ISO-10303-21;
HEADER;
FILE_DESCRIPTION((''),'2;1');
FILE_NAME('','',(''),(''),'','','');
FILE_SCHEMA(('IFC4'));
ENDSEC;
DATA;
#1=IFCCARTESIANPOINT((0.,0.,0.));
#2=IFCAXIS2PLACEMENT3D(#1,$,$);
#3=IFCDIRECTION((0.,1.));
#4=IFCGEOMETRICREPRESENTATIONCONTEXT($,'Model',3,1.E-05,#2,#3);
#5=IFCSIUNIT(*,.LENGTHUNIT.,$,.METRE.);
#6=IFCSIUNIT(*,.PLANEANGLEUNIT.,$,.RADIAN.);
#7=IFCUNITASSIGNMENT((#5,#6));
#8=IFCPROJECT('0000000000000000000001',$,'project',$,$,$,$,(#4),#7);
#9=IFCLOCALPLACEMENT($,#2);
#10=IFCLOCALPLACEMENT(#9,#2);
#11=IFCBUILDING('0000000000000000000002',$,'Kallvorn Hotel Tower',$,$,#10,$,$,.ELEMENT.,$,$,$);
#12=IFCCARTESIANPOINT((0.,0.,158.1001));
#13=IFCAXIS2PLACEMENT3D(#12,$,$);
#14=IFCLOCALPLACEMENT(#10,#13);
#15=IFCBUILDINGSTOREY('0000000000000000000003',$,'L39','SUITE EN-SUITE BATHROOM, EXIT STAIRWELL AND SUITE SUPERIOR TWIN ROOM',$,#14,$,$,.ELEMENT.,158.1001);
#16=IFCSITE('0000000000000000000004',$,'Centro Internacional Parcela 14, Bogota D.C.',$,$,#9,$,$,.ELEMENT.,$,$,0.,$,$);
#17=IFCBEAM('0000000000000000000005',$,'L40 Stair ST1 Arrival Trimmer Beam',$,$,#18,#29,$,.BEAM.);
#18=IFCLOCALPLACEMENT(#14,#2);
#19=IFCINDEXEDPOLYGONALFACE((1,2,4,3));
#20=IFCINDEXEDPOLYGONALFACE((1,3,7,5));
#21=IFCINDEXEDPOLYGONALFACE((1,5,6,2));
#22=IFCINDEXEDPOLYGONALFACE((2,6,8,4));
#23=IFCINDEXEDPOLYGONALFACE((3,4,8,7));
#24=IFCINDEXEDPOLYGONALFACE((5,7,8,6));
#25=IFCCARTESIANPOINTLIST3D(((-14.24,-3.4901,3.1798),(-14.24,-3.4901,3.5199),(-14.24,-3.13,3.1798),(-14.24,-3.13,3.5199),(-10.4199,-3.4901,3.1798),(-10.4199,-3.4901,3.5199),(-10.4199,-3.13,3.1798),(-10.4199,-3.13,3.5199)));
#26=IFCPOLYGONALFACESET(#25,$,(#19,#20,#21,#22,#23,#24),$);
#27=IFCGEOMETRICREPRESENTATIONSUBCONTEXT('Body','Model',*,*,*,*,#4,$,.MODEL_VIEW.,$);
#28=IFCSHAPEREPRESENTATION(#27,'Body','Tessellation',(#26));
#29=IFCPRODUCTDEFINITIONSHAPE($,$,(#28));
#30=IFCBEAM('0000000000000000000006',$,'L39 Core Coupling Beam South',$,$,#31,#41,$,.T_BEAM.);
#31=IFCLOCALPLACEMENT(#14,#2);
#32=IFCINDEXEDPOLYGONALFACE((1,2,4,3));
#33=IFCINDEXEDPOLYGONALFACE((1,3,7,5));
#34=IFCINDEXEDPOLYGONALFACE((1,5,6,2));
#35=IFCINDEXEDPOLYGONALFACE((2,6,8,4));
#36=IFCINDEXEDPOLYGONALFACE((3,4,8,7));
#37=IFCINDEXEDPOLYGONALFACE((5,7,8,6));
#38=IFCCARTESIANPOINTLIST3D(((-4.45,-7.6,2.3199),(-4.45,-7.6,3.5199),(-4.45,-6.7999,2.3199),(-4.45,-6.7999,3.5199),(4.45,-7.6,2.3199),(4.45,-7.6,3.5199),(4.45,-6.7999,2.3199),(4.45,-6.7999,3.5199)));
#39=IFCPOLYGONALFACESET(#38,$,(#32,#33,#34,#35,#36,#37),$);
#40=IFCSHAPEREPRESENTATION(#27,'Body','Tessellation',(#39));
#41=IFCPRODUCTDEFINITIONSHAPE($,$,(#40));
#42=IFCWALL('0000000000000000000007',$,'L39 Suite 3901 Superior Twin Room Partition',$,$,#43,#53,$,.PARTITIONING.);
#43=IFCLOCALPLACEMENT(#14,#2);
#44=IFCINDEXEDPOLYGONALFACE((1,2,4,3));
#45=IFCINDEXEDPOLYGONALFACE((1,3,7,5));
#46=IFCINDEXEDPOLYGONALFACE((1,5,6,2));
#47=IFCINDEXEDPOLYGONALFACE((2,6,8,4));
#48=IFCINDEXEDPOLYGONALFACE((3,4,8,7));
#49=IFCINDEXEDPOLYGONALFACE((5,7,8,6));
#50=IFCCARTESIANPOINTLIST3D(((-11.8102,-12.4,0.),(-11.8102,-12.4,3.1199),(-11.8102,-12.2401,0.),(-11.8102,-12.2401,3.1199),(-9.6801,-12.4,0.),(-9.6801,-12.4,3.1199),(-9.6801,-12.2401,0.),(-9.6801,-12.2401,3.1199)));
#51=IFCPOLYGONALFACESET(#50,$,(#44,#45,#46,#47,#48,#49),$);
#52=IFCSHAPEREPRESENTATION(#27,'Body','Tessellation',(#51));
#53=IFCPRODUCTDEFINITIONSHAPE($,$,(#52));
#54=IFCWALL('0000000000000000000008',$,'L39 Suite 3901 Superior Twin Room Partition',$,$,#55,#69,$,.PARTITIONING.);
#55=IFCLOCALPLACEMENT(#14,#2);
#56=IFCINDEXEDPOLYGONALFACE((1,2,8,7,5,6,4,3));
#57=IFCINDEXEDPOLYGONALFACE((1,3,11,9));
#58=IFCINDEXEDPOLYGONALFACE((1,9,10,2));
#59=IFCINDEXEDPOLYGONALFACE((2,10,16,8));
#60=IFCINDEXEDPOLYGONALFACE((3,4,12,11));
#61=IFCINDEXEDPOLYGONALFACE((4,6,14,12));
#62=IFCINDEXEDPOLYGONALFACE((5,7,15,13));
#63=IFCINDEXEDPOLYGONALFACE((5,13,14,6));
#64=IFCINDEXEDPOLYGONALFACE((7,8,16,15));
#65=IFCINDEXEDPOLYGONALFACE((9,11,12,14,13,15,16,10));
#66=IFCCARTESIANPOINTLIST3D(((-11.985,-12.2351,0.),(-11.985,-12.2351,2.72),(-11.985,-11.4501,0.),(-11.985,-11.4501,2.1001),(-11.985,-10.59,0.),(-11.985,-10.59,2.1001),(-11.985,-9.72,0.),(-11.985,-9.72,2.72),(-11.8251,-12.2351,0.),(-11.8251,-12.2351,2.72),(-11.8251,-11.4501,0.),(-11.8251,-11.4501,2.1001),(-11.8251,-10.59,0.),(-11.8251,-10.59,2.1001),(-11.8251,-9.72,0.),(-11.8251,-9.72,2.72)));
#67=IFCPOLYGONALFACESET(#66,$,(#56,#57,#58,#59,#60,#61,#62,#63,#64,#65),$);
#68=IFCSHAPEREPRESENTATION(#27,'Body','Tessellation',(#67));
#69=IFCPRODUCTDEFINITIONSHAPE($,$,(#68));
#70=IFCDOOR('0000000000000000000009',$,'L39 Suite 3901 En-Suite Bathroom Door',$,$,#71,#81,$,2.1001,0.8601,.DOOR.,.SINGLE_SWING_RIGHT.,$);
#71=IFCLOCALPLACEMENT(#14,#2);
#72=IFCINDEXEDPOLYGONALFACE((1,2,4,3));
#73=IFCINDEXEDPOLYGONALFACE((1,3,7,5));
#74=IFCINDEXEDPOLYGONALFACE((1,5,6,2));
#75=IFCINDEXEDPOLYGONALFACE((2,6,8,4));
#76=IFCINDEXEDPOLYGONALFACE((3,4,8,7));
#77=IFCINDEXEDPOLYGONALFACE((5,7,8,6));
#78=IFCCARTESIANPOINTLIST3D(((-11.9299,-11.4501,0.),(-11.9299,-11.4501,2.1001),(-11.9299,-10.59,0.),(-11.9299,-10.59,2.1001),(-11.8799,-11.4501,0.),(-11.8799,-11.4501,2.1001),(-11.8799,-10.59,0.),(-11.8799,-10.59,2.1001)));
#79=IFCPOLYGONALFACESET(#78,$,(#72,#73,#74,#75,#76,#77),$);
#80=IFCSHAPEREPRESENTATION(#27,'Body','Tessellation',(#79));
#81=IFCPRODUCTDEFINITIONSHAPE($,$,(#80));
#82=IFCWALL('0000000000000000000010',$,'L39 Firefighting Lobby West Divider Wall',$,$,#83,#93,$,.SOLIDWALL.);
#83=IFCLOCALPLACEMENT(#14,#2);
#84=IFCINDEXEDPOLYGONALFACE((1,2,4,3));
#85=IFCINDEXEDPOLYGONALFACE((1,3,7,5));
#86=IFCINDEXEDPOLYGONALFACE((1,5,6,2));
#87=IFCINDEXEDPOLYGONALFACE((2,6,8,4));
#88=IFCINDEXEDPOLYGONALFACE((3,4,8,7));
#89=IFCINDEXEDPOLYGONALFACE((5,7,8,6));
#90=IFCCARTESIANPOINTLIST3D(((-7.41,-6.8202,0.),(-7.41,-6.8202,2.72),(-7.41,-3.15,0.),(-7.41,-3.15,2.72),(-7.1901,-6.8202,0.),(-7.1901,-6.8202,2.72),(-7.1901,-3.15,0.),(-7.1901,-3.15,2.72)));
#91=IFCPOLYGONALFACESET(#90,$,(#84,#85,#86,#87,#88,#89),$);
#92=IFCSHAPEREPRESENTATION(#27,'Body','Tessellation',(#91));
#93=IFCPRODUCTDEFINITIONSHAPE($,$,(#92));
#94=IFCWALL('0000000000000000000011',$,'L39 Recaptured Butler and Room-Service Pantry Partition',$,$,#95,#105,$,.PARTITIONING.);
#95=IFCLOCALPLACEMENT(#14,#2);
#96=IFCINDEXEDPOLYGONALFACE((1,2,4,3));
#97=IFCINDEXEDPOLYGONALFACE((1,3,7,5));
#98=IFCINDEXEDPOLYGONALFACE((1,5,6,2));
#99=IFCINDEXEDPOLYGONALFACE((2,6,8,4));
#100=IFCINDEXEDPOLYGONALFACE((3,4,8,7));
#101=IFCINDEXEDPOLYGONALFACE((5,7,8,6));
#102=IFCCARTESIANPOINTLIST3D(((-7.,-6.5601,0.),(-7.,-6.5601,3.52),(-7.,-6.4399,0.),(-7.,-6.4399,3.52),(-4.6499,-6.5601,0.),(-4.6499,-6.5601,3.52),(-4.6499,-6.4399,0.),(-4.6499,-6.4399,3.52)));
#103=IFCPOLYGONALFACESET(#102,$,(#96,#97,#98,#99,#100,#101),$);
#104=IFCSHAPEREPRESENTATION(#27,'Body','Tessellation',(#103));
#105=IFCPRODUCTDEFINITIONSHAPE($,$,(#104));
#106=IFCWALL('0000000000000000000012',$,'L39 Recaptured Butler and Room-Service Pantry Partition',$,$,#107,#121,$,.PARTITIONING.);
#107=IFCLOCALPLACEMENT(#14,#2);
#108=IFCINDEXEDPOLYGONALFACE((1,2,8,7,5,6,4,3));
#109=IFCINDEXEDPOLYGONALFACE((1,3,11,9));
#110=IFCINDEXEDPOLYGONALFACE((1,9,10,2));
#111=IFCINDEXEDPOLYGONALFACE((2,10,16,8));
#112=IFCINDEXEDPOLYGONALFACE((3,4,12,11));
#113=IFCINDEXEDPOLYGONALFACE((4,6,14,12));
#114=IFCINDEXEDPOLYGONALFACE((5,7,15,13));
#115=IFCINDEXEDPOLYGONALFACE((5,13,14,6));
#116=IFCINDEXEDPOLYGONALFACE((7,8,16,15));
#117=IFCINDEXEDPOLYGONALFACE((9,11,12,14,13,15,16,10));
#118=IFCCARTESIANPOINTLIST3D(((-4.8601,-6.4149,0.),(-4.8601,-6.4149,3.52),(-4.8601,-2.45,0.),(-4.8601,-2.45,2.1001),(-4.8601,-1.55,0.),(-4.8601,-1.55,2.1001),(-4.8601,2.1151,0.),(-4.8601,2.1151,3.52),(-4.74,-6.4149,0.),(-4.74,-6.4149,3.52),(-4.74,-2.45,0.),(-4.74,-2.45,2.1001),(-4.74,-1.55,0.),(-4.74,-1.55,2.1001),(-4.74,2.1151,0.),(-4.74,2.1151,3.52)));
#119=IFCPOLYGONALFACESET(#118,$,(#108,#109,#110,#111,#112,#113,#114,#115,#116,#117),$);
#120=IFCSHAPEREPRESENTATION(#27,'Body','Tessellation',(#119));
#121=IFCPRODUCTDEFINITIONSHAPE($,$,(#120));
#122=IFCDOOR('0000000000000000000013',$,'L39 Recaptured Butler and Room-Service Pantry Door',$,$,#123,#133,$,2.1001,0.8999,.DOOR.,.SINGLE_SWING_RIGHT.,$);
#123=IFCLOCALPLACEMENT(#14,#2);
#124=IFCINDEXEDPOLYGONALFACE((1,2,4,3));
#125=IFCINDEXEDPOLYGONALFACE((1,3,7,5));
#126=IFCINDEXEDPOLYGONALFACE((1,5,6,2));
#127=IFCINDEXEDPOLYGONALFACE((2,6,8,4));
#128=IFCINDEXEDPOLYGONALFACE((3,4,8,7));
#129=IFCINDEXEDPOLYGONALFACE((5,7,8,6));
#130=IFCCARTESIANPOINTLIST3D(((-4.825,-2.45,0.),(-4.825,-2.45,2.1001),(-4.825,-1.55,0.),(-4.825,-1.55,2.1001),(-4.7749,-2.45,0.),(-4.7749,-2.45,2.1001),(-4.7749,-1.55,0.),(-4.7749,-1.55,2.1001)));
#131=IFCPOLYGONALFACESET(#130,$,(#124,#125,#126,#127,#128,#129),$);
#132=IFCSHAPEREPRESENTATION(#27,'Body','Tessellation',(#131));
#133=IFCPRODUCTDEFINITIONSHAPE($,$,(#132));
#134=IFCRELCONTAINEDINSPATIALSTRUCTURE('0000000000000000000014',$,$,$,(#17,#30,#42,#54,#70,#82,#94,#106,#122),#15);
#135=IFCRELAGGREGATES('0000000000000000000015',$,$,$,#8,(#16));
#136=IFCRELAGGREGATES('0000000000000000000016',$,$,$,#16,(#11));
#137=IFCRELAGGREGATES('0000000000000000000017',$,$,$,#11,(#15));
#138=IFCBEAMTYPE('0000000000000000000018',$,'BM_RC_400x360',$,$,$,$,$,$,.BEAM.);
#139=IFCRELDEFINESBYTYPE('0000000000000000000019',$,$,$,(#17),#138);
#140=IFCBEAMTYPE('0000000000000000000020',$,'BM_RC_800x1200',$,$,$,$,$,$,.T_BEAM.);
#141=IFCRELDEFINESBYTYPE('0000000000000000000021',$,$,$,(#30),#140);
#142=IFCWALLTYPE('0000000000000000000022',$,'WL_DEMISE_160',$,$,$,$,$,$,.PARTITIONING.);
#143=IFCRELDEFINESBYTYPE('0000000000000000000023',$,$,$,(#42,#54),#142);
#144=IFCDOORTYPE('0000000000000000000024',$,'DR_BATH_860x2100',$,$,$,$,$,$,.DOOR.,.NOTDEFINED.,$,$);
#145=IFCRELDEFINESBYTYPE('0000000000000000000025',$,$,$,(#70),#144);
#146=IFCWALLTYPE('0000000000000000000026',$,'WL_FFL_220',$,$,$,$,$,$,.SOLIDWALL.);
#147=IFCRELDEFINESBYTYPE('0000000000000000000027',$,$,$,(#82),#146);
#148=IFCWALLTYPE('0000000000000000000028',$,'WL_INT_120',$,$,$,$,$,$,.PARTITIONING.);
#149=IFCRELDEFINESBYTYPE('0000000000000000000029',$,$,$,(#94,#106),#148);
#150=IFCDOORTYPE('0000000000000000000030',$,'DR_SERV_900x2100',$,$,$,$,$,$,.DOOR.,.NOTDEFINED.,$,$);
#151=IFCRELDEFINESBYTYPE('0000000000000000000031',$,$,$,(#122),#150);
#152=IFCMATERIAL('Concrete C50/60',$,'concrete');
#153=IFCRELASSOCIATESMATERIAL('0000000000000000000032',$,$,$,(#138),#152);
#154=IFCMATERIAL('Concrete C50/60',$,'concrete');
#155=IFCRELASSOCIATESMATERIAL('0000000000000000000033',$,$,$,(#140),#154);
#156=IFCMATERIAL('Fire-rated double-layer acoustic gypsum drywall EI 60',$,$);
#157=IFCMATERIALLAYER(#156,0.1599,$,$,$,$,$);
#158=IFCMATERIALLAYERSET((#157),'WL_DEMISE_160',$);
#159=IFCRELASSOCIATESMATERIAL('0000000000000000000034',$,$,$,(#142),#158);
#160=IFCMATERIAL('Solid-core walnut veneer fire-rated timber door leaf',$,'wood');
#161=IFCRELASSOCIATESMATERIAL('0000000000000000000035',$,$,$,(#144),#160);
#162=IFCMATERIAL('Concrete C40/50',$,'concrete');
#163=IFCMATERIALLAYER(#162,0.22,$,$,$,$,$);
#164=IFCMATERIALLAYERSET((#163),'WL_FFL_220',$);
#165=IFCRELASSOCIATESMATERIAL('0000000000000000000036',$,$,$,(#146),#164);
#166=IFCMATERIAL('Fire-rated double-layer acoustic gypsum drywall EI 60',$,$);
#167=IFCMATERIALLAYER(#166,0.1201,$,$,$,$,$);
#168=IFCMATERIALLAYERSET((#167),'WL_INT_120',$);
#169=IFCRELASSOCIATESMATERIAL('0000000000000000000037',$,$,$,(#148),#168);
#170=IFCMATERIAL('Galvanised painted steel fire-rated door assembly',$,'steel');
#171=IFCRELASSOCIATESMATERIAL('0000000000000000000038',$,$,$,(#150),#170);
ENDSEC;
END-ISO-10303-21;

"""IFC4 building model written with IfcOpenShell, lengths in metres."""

from ifc_helpers import new_model, si_unit, direction, frame, frame_2d, origin, origin_2d, place, context, subcontext, project, spatial, rectangle, extrude, material, layer, layer_set, material_profile, profile_set, type_object, element, fill, save


model = new_model("IFC4")

# Units and contexts
model_context = context("Model", 3, precision=1e-05, world=origin(), true_north=direction((0.0, 1.0)))
body_context = subcontext(model_context, "Body", "Model", "MODEL_VIEW")
ifc_project = project(units=[si_unit("LENGTHUNIT", "METRE"), si_unit("PLANEANGLEUNIT", "RADIAN")], contexts=[model_context])

# Site, building, storey
site_placement = place(None, origin())
site = spatial("IfcSite", under=ifc_project, at=site_placement, Name="Centro Internacional Parcela 14, Bogota D.C.", CompositionType="ELEMENT", RefElevation=0.0)
building_placement = place(site_placement, origin())
building = spatial("IfcBuilding", under=site, at=building_placement, Name="Kallvorn Hotel Tower", CompositionType="ELEMENT")
storey_placement = place(building_placement, frame((0.0, 0.0, 158.1001)))
storey = spatial("IfcBuildingStorey", under=building, at=storey_placement, Name="L39", Description="SUITE EN-SUITE BATHROOM, EXIT STAIRWELL AND SUITE SUPERIOR TWIN ROOM", CompositionType="ELEMENT", Elevation=158.1001)

# Beams
ifc_material_1 = material(Name="Concrete C50/60", Category="concrete")
ifc_material_profile_1 = material_profile(ifc_material_1, rectangle(XDim=0.3601, YDim=0.3401, at=origin_2d()), Name="RC 360x340")
ifc_profile_set_1 = profile_set([ifc_material_profile_1], Name="Concrete C50/60")
beam_type_1 = type_object("IfcBeamType", Name="BM_RC_400x360", PredefinedType="BEAM", material=ifc_profile_set_1)
beam_1_placement = place(storey_placement, frame((-10.4199, -3.3101, 3.3499), z_axis=(-1.0, 0.0, 0.0), x_axis=(0.0, -1.0, 0.0)))
element("IfcBeam", 1, at=beam_1_placement, inside=storey, type_object=beam_type_1, Name="L40 Stair ST1 Arrival Trimmer Beam", PredefinedType="BEAM", context=body_context, shape_type="SweptSolid", body=[
    extrude(rectangle(XDim=0.3601, YDim=0.3401, at=origin_2d()), origin(), (0.0, 0.0, 1.0), 3.8201),
])
ifc_material_2 = material(Name="Concrete C50/60", Category="concrete")
ifc_material_profile_2 = material_profile(ifc_material_2, rectangle(XDim=0.8, YDim=1.2, at=origin_2d()), Name="RC 800x1200")
ifc_profile_set_2 = profile_set([ifc_material_profile_2], Name="Concrete C50/60")
beam_type_2 = type_object("IfcBeamType", Name="BM_RC_800x1200", PredefinedType="T_BEAM", material=ifc_profile_set_2)
beam_2_placement = place(storey_placement, frame((-4.45, -7.2, 2.9199), z_axis=(1.0, 0.0, 0.0), x_axis=(0.0, 1.0, 0.0)))
element("IfcBeam", 2, at=beam_2_placement, inside=storey, type_object=beam_type_2, Name="L39 Core Coupling Beam South", PredefinedType="T_BEAM", context=body_context, shape_type="SweptSolid", body=[
    extrude(rectangle(XDim=0.8, YDim=1.2, at=origin_2d()), origin(), (0.0, 0.0, 1.0), 8.8999),
])

# Wall
ifc_material_3 = material(Name="Fire-rated double-layer acoustic gypsum drywall EI 60")
ifc_layer_1 = layer(ifc_material_3, 0.1599)
ifc_layer_set_1 = layer_set([ifc_layer_1], Name="WL_DEMISE_160")
wall_type_1 = type_object("IfcWallType", Name="WL_DEMISE_160", PredefinedType="PARTITIONING", material=ifc_layer_set_1)
wall_1_placement = place(storey_placement, frame((-11.8101, -12.3201, 0.0), z_axis=(0.0, 0.0, 1.0), x_axis=(1.0, 0.0, 0.0)))
element("IfcWall", 3, at=wall_1_placement, inside=storey, type_object=wall_type_1, Name="L39 Suite 3901 Superior Twin Room Partition", PredefinedType="PARTITIONING", context=body_context, shape_type="SweptSolid", body=[
    extrude(rectangle(XDim=2.1301, YDim=0.1599, at=frame_2d((1.0649, 0.0))), origin(), (0.0, 0.0, 1.0), 3.1199),
])

# Wall, opening, door
wall_2_placement = place(storey_placement, frame((-11.905, -12.2351, 0.0), z_axis=(0.0, 0.0, 1.0), x_axis=(0.0, 1.0, 0.0)))
wall_2 = element("IfcWall", 4, at=wall_2_placement, inside=storey, type_object=wall_type_1, Name="L39 Suite 3901 Superior Twin Room Partition", PredefinedType="PARTITIONING", context=body_context, shape_type="SweptSolid", body=[
    extrude(rectangle(XDim=2.5151, YDim=0.1599, at=frame_2d((1.2576, 0.0))), origin(), (0.0, 0.0, 1.0), 2.72),
])
opening_1_placement = place(wall_2_placement, frame((0.7849, 0.0, 0.0)))
opening_1 = element("IfcOpeningElement", 5, at=opening_1_placement, cuts=wall_2, PredefinedType="OPENING", context=body_context, shape_type="SweptSolid", body=[
    extrude(rectangle(XDim=0.8601, YDim=2.1001, at=frame_2d((0.4302, 1.05))), frame((0.0, 0.095, 0.0), z_axis=(0.0, -1.0, 0.0), x_axis=(1.0, 0.0, 0.0)), (0.0, 0.0, 1.0), 0.1899),
])
ifc_material_4 = material(Name="Solid-core walnut veneer fire-rated timber door leaf", Category="wood")
door_type_1 = type_object("IfcDoorType", Name="DR_BATH_860x2100", OperationType="NOTDEFINED", PredefinedType="DOOR", material=ifc_material_4)
door_1_placement = place(opening_1_placement, origin())
door_1 = element("IfcDoor", 6, at=door_1_placement, inside=storey, type_object=door_type_1, Name="L39 Suite 3901 En-Suite Bathroom Door", OperationType="SINGLE_SWING_RIGHT", OverallHeight=2.1001, OverallWidth=0.8601, PredefinedType="DOOR", context=body_context, shape_type="SweptSolid", body=[
    extrude(rectangle(XDim=0.8601, YDim=2.1001, at=frame_2d((0.4302, 1.05))), frame((0.0, 0.0249, 0.0), z_axis=(0.0, -1.0, 0.0), x_axis=(1.0, 0.0, 0.0)), (0.0, 0.0, 1.0), 0.05),
])
fill(opening_1, door_1)

# Walls
ifc_material_5 = material(Name="Concrete C40/50", Category="concrete")
ifc_layer_2 = layer(ifc_material_5, 0.22)
ifc_layer_set_2 = layer_set([ifc_layer_2], Name="WL_FFL_220")
wall_type_2 = type_object("IfcWallType", Name="WL_FFL_220", PredefinedType="SOLIDWALL", material=ifc_layer_set_2)
wall_3_placement = place(storey_placement, frame((-7.3, -6.8201, 0.0), z_axis=(0.0, 0.0, 1.0), x_axis=(0.0, 1.0, 0.0)))
element("IfcWall", 7, at=wall_3_placement, inside=storey, type_object=wall_type_2, Name="L39 Firefighting Lobby West Divider Wall", PredefinedType="SOLIDWALL", context=body_context, shape_type="SweptSolid", body=[
    extrude(rectangle(XDim=3.6702, YDim=0.22, at=frame_2d((1.835, 0.0))), origin(), (0.0, 0.0, 1.0), 2.72),
])
ifc_material_6 = material(Name="Fire-rated double-layer acoustic gypsum drywall EI 60")
ifc_layer_3 = layer(ifc_material_6, 0.1201)
ifc_layer_set_3 = layer_set([ifc_layer_3], Name="WL_INT_120")
wall_type_3 = type_object("IfcWallType", Name="WL_INT_120", PredefinedType="PARTITIONING", material=ifc_layer_set_3)
wall_4_placement = place(storey_placement, frame((-7.0, -6.5, 0.0), z_axis=(0.0, 0.0, 1.0), x_axis=(1.0, 0.0, 0.0)))
element("IfcWall", 8, at=wall_4_placement, inside=storey, type_object=wall_type_3, Name="L39 Recaptured Butler and Room-Service Pantry Partition", PredefinedType="PARTITIONING", context=body_context, shape_type="SweptSolid", body=[
    extrude(rectangle(XDim=2.3501, YDim=0.1201, at=frame_2d((1.175, 0.0))), origin(), (0.0, 0.0, 1.0), 3.52),
])

# Wall, opening, door
wall_5_placement = place(storey_placement, frame((-4.8, -6.415, 0.0), z_axis=(0.0, 0.0, 1.0), x_axis=(0.0, 1.0, 0.0)))
wall_5 = element("IfcWall", 9, at=wall_5_placement, inside=storey, type_object=wall_type_3, Name="L39 Recaptured Butler and Room-Service Pantry Partition", PredefinedType="PARTITIONING", context=body_context, shape_type="SweptSolid", body=[
    extrude(rectangle(XDim=8.53, YDim=0.1201, at=frame_2d((4.2651, 0.0))), origin(), (0.0, 0.0, 1.0), 3.52),
])
opening_2_placement = place(wall_5_placement, frame((3.9651, 0.0, 0.0)))
opening_2 = element("IfcOpeningElement", 10, at=opening_2_placement, cuts=wall_5, PredefinedType="OPENING", context=body_context, shape_type="SweptSolid", body=[
    extrude(rectangle(XDim=0.8999, YDim=2.1001, at=frame_2d((0.45, 1.05))), frame((0.0, 0.075, 0.0), z_axis=(0.0, -1.0, 0.0), x_axis=(1.0, 0.0, 0.0)), (0.0, 0.0, 1.0), 0.1501),
])
ifc_material_7 = material(Name="Galvanised painted steel fire-rated door assembly", Category="steel")
door_type_2 = type_object("IfcDoorType", Name="DR_SERV_900x2100", OperationType="NOTDEFINED", PredefinedType="DOOR", material=ifc_material_7)
door_2_placement = place(opening_2_placement, origin())
door_2 = element("IfcDoor", 11, at=door_2_placement, inside=storey, type_object=door_type_2, Name="L39 Recaptured Butler and Room-Service Pantry Door", OperationType="SINGLE_SWING_RIGHT", OverallHeight=2.1001, OverallWidth=0.8999, PredefinedType="DOOR", context=body_context, shape_type="SweptSolid", body=[
    extrude(rectangle(XDim=0.8999, YDim=2.1001, at=frame_2d((0.45, 1.05))), frame((0.0, 0.0249, 0.0), z_axis=(0.0, -1.0, 0.0), x_axis=(1.0, 0.0, 0.0)), (0.0, 0.0, 1.0), 0.05),
])
fill(opening_2, door_2)

save(model, "model.ifc")
